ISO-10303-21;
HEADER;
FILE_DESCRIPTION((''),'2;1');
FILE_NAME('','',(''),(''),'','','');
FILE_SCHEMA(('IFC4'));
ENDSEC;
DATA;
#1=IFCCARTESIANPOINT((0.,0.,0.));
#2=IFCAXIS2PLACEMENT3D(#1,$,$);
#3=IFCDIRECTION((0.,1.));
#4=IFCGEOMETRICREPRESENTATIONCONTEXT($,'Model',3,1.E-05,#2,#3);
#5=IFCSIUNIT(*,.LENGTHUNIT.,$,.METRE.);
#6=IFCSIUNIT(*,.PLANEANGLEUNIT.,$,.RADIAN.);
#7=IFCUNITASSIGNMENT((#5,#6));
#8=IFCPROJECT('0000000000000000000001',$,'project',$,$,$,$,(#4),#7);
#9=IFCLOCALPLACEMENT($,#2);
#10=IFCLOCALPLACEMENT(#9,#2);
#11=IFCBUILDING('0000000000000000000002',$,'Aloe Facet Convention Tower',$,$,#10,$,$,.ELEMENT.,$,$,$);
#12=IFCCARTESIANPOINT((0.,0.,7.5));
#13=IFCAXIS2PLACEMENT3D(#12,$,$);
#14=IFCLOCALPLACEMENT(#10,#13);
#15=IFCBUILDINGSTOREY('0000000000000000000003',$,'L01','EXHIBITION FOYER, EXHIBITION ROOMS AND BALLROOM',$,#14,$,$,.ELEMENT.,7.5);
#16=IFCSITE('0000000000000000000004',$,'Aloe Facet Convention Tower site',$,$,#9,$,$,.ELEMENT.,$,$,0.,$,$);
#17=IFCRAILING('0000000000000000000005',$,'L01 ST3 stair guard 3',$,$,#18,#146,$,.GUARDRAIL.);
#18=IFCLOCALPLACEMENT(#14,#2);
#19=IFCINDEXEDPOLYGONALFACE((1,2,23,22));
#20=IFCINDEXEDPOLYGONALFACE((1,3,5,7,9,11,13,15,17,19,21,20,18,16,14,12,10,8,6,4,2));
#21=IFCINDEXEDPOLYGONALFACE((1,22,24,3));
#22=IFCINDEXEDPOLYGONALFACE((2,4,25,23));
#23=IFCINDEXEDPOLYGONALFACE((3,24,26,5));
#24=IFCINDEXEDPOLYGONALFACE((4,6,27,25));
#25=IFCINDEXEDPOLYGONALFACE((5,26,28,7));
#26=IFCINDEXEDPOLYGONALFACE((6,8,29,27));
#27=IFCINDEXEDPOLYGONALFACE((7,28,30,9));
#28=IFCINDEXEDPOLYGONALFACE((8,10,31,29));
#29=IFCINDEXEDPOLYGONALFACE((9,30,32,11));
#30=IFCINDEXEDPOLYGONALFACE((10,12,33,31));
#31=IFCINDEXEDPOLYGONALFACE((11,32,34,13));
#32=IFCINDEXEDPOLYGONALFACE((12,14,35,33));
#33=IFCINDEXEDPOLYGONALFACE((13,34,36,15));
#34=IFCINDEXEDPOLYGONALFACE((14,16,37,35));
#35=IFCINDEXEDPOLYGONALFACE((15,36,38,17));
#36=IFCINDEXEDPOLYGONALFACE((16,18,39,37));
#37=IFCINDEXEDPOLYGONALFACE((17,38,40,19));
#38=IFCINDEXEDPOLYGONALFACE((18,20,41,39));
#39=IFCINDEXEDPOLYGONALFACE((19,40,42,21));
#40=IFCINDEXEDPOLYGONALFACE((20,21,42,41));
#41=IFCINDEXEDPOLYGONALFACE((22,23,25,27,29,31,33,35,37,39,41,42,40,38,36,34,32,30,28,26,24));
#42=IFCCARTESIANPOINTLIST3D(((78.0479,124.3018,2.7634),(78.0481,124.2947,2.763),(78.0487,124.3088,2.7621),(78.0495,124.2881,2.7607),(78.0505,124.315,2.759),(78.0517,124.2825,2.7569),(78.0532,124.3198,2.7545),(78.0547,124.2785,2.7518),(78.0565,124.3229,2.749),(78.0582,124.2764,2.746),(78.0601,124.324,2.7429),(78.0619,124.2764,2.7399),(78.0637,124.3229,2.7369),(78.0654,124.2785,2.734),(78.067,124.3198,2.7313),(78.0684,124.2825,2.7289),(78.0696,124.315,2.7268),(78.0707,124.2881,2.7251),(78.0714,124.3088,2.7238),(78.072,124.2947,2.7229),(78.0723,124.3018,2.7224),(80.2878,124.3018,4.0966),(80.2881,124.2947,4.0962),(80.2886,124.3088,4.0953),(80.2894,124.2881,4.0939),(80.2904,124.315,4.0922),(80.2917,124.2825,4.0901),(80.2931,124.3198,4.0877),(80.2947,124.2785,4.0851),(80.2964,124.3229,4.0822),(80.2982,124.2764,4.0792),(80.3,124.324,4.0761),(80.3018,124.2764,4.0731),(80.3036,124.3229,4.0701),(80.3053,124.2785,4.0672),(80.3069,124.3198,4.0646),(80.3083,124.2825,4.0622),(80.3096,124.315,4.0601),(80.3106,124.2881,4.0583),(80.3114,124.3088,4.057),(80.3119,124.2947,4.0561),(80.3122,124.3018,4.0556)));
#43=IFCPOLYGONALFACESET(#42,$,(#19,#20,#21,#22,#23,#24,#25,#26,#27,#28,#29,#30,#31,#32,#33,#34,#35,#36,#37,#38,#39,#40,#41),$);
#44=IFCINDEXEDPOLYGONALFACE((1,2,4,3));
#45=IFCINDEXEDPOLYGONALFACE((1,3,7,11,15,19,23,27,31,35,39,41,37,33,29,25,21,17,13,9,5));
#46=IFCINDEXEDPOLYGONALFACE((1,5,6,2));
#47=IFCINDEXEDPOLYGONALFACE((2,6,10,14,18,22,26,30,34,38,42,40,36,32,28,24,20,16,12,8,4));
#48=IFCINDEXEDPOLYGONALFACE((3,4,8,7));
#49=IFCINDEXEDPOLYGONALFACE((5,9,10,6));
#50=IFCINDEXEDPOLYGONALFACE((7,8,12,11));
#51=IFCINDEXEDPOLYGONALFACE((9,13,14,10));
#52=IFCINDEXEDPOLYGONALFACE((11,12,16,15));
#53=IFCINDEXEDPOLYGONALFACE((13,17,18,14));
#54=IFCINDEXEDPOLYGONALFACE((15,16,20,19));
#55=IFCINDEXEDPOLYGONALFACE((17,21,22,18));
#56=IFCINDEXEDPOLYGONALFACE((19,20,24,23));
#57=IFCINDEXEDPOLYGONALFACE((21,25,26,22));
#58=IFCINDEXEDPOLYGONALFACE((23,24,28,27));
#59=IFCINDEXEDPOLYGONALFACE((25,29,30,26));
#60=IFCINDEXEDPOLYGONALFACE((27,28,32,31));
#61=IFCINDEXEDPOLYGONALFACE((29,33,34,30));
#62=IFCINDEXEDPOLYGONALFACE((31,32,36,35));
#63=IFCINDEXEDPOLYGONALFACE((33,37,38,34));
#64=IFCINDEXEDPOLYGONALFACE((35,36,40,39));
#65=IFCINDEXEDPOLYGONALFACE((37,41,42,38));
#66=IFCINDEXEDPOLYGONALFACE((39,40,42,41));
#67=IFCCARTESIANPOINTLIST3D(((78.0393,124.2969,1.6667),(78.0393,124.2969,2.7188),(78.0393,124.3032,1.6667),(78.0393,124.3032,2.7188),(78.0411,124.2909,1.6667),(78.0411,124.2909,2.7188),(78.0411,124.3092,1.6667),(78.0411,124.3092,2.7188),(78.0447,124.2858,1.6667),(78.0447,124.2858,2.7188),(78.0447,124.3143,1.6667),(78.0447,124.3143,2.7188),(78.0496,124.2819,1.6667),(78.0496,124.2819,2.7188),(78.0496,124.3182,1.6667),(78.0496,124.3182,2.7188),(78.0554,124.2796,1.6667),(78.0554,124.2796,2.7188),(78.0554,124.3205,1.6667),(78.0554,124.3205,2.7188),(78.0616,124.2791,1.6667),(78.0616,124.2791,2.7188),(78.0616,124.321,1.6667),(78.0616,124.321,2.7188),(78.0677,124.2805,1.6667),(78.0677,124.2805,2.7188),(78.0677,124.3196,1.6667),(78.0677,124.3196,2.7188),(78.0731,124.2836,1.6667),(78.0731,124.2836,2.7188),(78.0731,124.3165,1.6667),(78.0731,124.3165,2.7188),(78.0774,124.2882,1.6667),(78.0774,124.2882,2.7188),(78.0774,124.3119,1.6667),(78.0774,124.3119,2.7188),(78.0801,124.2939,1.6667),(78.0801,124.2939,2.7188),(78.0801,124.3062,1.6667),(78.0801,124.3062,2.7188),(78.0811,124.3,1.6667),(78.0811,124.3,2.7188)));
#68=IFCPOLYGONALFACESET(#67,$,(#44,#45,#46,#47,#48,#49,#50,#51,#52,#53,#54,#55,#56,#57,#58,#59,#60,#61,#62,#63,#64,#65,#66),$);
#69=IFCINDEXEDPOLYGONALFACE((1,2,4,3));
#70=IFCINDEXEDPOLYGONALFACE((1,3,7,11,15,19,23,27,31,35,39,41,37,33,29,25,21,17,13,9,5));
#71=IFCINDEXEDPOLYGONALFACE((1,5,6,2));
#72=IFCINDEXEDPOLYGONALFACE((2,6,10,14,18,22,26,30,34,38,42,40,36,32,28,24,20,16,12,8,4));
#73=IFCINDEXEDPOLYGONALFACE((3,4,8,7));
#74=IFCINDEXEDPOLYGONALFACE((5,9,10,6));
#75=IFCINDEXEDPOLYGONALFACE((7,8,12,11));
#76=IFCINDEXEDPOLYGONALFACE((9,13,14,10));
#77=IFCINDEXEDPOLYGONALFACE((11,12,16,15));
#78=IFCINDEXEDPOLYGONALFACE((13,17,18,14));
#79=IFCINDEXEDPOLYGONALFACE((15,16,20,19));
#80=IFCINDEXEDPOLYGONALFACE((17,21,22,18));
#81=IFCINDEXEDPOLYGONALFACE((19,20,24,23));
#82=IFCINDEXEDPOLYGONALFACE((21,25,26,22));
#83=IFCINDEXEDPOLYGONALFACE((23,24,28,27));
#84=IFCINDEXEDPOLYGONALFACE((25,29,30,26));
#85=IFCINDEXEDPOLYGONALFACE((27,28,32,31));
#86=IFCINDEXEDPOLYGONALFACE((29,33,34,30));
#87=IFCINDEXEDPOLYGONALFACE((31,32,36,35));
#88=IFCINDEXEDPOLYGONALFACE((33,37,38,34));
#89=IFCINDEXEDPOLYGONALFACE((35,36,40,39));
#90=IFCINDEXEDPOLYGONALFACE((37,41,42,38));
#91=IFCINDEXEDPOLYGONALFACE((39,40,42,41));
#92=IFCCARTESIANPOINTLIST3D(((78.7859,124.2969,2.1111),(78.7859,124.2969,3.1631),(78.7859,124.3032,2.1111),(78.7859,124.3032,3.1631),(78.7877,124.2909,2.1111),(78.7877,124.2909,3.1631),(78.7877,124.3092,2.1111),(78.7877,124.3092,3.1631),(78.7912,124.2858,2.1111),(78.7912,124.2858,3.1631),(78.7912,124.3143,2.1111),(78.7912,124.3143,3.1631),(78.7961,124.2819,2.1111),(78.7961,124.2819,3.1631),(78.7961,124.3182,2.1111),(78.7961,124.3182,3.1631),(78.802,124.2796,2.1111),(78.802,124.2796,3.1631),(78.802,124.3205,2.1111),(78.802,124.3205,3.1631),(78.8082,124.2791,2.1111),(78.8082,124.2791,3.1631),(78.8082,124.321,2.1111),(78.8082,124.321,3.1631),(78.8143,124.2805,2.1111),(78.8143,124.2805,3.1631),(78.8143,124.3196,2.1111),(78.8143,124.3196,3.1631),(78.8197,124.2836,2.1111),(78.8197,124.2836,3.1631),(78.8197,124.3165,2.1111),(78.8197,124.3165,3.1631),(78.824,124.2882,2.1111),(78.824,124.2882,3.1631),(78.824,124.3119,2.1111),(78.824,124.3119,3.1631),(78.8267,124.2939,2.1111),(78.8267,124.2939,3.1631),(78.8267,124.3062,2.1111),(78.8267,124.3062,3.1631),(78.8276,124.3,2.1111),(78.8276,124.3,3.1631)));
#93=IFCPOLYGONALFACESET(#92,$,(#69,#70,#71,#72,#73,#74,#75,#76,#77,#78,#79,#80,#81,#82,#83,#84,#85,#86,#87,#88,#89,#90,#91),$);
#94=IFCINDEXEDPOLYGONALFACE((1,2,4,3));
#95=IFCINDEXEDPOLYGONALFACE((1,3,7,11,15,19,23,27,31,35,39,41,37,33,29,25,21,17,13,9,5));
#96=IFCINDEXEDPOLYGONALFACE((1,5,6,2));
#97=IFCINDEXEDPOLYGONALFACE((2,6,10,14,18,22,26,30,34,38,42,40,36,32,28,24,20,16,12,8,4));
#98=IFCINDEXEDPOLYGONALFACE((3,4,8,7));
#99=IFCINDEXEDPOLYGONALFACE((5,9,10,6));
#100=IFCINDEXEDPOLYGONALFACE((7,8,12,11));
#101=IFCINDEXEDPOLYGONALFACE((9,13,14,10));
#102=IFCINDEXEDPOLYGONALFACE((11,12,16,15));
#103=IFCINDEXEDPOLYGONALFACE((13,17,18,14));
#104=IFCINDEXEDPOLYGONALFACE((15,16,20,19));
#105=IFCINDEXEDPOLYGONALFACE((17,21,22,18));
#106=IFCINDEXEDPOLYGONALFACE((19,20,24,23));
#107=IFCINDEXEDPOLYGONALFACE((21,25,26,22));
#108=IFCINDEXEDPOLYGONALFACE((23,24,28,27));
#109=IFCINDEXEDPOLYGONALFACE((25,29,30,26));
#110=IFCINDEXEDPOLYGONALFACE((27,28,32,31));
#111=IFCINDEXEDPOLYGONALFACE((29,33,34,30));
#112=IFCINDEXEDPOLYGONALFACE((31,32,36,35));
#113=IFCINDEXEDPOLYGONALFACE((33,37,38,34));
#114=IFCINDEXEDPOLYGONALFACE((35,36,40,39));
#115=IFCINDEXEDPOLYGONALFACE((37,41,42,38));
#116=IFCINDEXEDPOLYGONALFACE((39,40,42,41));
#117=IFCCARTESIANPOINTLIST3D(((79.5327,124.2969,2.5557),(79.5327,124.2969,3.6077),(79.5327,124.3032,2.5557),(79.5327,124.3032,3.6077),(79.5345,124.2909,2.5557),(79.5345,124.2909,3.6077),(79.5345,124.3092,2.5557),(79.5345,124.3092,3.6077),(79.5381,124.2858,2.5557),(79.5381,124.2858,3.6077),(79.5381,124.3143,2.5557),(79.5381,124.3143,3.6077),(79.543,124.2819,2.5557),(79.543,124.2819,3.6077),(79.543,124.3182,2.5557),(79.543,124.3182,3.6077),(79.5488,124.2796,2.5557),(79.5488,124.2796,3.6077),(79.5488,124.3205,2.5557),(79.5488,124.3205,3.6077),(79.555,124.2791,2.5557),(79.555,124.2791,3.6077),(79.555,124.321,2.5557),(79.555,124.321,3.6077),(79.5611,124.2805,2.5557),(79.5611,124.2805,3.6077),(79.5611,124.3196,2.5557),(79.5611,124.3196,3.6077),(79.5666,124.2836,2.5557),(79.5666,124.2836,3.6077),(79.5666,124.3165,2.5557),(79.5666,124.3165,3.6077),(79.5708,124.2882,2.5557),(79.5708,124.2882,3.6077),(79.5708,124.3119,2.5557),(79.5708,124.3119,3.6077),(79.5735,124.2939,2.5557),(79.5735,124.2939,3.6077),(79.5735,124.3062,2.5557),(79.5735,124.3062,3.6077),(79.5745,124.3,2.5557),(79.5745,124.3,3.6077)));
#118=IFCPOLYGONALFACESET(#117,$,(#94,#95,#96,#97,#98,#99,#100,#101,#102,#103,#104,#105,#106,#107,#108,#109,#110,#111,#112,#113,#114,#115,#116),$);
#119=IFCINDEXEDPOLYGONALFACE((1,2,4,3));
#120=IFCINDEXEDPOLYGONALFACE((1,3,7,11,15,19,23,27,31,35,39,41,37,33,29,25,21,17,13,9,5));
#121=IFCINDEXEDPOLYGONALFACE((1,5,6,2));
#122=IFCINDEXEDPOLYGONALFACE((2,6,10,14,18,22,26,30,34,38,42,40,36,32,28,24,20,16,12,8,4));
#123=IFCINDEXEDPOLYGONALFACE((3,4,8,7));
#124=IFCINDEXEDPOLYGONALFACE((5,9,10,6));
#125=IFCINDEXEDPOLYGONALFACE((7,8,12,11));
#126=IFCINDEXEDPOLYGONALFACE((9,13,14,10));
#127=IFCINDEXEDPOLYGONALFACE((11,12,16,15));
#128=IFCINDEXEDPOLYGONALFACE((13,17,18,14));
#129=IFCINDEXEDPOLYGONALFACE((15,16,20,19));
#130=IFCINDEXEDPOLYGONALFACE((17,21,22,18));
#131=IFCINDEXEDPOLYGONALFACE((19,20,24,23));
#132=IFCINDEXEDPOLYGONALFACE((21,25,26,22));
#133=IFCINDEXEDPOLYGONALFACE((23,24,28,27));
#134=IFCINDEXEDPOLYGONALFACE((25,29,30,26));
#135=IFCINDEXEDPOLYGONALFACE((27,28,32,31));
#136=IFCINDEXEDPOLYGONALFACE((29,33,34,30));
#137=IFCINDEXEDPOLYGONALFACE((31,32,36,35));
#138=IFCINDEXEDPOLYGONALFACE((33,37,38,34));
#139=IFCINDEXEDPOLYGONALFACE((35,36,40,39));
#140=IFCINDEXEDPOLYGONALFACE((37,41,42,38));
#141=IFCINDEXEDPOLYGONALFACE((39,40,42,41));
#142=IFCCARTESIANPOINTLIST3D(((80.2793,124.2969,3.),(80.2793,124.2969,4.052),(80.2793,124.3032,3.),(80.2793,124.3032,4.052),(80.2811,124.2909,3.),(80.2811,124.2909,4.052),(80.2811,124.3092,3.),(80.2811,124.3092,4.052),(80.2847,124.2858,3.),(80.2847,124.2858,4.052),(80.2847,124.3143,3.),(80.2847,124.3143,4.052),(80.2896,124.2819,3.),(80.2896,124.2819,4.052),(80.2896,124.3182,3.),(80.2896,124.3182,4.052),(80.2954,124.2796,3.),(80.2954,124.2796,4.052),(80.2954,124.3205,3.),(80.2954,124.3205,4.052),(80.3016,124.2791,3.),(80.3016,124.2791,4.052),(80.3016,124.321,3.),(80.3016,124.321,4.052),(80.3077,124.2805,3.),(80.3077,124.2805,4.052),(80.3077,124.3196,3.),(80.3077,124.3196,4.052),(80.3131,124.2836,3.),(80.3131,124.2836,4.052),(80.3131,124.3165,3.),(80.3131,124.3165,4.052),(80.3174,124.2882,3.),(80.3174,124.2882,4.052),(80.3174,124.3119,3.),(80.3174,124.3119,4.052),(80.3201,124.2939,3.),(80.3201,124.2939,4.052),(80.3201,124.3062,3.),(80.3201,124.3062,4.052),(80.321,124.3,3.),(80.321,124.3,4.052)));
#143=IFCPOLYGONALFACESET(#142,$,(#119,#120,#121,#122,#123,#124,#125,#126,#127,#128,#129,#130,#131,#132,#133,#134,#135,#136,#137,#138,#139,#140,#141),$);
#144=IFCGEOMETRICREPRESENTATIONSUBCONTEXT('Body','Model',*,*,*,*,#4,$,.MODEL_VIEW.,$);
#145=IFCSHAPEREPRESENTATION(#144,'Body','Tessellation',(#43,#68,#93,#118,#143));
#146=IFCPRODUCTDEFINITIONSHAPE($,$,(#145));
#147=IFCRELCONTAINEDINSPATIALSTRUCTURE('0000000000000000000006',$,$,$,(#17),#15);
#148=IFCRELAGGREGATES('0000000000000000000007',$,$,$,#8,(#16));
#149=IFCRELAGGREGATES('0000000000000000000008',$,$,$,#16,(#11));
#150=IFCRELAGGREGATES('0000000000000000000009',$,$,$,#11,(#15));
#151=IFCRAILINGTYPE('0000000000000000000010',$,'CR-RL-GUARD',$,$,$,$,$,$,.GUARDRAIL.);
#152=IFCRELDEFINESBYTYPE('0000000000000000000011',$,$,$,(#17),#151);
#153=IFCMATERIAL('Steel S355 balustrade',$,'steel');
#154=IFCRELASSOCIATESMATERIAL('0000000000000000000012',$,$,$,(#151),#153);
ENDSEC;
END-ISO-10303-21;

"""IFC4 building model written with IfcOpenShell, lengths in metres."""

from ifc_helpers import new_model, si_unit, direction, frame, origin, origin_2d, place, context, subcontext, project, spatial, circle, extrude, material, type_object, element, save


model = new_model("IFC4")

# Units and contexts
model_context = context("Model", 3, precision=1e-05, world=origin(), true_north=direction((0.0, 1.0)))
body_context = subcontext(model_context, "Body", "Model", "MODEL_VIEW")
ifc_project = project(units=[si_unit("LENGTHUNIT", "METRE"), si_unit("PLANEANGLEUNIT", "RADIAN")], contexts=[model_context])

# Site, building, storey
site_placement = place(None, origin())
site = spatial("IfcSite", under=ifc_project, at=site_placement, Name="Aloe Facet Convention Tower site", CompositionType="ELEMENT", RefElevation=0.0)
building_placement = place(site_placement, origin())
building = spatial("IfcBuilding", under=site, at=building_placement, Name="Aloe Facet Convention Tower", CompositionType="ELEMENT")
storey_placement = place(building_placement, frame((0.0, 0.0, 7.5)))
storey = spatial("IfcBuildingStorey", under=building, at=storey_placement, Name="L01", Description="EXHIBITION FOYER, EXHIBITION ROOMS AND BALLROOM", CompositionType="ELEMENT", Elevation=7.5)

# Railing
ifc_material_1 = material(Name="Steel S355 balustrade", Category="steel")
railing_type_1 = type_object("IfcRailingType", Name="CR-RL-GUARD", PredefinedType="GUARDRAIL", material=ifc_material_1)
railing_1_placement = place(storey_placement, frame((78.0601, 124.3, 1.6667)))
element("IfcRailing", 1, at=railing_1_placement, inside=storey, type_object=railing_type_1, Name="L01 ST3 stair guard 3", PredefinedType="GUARDRAIL", context=body_context, shape_type="SweptSolid", body=[
    extrude(circle(Radius=0.0239, at=origin_2d()), frame((0.0, 0.0, 1.0762), z_axis=(0.859306, 0.0, 0.511462), x_axis=(0.0, 1.0, 0.0)), (0.0, 0.0, 1.0), 2.6067),
    extrude(circle(Radius=0.021, at=origin_2d()), origin(), (0.0, 0.0, 1.0), 1.052),
    extrude(circle(Radius=0.021, at=origin_2d()), frame((0.7466, 0.0, 0.4443)), (0.0, 0.0, 1.0), 1.052),
    extrude(circle(Radius=0.021, at=origin_2d()), frame((1.4934, 0.0, 0.8889)), (0.0, 0.0, 1.0), 1.052),
    extrude(circle(Radius=0.021, at=origin_2d()), frame((2.24, 0.0, 1.3333)), (0.0, 0.0, 1.0), 1.052),
])

save(model, "model.ifc")
